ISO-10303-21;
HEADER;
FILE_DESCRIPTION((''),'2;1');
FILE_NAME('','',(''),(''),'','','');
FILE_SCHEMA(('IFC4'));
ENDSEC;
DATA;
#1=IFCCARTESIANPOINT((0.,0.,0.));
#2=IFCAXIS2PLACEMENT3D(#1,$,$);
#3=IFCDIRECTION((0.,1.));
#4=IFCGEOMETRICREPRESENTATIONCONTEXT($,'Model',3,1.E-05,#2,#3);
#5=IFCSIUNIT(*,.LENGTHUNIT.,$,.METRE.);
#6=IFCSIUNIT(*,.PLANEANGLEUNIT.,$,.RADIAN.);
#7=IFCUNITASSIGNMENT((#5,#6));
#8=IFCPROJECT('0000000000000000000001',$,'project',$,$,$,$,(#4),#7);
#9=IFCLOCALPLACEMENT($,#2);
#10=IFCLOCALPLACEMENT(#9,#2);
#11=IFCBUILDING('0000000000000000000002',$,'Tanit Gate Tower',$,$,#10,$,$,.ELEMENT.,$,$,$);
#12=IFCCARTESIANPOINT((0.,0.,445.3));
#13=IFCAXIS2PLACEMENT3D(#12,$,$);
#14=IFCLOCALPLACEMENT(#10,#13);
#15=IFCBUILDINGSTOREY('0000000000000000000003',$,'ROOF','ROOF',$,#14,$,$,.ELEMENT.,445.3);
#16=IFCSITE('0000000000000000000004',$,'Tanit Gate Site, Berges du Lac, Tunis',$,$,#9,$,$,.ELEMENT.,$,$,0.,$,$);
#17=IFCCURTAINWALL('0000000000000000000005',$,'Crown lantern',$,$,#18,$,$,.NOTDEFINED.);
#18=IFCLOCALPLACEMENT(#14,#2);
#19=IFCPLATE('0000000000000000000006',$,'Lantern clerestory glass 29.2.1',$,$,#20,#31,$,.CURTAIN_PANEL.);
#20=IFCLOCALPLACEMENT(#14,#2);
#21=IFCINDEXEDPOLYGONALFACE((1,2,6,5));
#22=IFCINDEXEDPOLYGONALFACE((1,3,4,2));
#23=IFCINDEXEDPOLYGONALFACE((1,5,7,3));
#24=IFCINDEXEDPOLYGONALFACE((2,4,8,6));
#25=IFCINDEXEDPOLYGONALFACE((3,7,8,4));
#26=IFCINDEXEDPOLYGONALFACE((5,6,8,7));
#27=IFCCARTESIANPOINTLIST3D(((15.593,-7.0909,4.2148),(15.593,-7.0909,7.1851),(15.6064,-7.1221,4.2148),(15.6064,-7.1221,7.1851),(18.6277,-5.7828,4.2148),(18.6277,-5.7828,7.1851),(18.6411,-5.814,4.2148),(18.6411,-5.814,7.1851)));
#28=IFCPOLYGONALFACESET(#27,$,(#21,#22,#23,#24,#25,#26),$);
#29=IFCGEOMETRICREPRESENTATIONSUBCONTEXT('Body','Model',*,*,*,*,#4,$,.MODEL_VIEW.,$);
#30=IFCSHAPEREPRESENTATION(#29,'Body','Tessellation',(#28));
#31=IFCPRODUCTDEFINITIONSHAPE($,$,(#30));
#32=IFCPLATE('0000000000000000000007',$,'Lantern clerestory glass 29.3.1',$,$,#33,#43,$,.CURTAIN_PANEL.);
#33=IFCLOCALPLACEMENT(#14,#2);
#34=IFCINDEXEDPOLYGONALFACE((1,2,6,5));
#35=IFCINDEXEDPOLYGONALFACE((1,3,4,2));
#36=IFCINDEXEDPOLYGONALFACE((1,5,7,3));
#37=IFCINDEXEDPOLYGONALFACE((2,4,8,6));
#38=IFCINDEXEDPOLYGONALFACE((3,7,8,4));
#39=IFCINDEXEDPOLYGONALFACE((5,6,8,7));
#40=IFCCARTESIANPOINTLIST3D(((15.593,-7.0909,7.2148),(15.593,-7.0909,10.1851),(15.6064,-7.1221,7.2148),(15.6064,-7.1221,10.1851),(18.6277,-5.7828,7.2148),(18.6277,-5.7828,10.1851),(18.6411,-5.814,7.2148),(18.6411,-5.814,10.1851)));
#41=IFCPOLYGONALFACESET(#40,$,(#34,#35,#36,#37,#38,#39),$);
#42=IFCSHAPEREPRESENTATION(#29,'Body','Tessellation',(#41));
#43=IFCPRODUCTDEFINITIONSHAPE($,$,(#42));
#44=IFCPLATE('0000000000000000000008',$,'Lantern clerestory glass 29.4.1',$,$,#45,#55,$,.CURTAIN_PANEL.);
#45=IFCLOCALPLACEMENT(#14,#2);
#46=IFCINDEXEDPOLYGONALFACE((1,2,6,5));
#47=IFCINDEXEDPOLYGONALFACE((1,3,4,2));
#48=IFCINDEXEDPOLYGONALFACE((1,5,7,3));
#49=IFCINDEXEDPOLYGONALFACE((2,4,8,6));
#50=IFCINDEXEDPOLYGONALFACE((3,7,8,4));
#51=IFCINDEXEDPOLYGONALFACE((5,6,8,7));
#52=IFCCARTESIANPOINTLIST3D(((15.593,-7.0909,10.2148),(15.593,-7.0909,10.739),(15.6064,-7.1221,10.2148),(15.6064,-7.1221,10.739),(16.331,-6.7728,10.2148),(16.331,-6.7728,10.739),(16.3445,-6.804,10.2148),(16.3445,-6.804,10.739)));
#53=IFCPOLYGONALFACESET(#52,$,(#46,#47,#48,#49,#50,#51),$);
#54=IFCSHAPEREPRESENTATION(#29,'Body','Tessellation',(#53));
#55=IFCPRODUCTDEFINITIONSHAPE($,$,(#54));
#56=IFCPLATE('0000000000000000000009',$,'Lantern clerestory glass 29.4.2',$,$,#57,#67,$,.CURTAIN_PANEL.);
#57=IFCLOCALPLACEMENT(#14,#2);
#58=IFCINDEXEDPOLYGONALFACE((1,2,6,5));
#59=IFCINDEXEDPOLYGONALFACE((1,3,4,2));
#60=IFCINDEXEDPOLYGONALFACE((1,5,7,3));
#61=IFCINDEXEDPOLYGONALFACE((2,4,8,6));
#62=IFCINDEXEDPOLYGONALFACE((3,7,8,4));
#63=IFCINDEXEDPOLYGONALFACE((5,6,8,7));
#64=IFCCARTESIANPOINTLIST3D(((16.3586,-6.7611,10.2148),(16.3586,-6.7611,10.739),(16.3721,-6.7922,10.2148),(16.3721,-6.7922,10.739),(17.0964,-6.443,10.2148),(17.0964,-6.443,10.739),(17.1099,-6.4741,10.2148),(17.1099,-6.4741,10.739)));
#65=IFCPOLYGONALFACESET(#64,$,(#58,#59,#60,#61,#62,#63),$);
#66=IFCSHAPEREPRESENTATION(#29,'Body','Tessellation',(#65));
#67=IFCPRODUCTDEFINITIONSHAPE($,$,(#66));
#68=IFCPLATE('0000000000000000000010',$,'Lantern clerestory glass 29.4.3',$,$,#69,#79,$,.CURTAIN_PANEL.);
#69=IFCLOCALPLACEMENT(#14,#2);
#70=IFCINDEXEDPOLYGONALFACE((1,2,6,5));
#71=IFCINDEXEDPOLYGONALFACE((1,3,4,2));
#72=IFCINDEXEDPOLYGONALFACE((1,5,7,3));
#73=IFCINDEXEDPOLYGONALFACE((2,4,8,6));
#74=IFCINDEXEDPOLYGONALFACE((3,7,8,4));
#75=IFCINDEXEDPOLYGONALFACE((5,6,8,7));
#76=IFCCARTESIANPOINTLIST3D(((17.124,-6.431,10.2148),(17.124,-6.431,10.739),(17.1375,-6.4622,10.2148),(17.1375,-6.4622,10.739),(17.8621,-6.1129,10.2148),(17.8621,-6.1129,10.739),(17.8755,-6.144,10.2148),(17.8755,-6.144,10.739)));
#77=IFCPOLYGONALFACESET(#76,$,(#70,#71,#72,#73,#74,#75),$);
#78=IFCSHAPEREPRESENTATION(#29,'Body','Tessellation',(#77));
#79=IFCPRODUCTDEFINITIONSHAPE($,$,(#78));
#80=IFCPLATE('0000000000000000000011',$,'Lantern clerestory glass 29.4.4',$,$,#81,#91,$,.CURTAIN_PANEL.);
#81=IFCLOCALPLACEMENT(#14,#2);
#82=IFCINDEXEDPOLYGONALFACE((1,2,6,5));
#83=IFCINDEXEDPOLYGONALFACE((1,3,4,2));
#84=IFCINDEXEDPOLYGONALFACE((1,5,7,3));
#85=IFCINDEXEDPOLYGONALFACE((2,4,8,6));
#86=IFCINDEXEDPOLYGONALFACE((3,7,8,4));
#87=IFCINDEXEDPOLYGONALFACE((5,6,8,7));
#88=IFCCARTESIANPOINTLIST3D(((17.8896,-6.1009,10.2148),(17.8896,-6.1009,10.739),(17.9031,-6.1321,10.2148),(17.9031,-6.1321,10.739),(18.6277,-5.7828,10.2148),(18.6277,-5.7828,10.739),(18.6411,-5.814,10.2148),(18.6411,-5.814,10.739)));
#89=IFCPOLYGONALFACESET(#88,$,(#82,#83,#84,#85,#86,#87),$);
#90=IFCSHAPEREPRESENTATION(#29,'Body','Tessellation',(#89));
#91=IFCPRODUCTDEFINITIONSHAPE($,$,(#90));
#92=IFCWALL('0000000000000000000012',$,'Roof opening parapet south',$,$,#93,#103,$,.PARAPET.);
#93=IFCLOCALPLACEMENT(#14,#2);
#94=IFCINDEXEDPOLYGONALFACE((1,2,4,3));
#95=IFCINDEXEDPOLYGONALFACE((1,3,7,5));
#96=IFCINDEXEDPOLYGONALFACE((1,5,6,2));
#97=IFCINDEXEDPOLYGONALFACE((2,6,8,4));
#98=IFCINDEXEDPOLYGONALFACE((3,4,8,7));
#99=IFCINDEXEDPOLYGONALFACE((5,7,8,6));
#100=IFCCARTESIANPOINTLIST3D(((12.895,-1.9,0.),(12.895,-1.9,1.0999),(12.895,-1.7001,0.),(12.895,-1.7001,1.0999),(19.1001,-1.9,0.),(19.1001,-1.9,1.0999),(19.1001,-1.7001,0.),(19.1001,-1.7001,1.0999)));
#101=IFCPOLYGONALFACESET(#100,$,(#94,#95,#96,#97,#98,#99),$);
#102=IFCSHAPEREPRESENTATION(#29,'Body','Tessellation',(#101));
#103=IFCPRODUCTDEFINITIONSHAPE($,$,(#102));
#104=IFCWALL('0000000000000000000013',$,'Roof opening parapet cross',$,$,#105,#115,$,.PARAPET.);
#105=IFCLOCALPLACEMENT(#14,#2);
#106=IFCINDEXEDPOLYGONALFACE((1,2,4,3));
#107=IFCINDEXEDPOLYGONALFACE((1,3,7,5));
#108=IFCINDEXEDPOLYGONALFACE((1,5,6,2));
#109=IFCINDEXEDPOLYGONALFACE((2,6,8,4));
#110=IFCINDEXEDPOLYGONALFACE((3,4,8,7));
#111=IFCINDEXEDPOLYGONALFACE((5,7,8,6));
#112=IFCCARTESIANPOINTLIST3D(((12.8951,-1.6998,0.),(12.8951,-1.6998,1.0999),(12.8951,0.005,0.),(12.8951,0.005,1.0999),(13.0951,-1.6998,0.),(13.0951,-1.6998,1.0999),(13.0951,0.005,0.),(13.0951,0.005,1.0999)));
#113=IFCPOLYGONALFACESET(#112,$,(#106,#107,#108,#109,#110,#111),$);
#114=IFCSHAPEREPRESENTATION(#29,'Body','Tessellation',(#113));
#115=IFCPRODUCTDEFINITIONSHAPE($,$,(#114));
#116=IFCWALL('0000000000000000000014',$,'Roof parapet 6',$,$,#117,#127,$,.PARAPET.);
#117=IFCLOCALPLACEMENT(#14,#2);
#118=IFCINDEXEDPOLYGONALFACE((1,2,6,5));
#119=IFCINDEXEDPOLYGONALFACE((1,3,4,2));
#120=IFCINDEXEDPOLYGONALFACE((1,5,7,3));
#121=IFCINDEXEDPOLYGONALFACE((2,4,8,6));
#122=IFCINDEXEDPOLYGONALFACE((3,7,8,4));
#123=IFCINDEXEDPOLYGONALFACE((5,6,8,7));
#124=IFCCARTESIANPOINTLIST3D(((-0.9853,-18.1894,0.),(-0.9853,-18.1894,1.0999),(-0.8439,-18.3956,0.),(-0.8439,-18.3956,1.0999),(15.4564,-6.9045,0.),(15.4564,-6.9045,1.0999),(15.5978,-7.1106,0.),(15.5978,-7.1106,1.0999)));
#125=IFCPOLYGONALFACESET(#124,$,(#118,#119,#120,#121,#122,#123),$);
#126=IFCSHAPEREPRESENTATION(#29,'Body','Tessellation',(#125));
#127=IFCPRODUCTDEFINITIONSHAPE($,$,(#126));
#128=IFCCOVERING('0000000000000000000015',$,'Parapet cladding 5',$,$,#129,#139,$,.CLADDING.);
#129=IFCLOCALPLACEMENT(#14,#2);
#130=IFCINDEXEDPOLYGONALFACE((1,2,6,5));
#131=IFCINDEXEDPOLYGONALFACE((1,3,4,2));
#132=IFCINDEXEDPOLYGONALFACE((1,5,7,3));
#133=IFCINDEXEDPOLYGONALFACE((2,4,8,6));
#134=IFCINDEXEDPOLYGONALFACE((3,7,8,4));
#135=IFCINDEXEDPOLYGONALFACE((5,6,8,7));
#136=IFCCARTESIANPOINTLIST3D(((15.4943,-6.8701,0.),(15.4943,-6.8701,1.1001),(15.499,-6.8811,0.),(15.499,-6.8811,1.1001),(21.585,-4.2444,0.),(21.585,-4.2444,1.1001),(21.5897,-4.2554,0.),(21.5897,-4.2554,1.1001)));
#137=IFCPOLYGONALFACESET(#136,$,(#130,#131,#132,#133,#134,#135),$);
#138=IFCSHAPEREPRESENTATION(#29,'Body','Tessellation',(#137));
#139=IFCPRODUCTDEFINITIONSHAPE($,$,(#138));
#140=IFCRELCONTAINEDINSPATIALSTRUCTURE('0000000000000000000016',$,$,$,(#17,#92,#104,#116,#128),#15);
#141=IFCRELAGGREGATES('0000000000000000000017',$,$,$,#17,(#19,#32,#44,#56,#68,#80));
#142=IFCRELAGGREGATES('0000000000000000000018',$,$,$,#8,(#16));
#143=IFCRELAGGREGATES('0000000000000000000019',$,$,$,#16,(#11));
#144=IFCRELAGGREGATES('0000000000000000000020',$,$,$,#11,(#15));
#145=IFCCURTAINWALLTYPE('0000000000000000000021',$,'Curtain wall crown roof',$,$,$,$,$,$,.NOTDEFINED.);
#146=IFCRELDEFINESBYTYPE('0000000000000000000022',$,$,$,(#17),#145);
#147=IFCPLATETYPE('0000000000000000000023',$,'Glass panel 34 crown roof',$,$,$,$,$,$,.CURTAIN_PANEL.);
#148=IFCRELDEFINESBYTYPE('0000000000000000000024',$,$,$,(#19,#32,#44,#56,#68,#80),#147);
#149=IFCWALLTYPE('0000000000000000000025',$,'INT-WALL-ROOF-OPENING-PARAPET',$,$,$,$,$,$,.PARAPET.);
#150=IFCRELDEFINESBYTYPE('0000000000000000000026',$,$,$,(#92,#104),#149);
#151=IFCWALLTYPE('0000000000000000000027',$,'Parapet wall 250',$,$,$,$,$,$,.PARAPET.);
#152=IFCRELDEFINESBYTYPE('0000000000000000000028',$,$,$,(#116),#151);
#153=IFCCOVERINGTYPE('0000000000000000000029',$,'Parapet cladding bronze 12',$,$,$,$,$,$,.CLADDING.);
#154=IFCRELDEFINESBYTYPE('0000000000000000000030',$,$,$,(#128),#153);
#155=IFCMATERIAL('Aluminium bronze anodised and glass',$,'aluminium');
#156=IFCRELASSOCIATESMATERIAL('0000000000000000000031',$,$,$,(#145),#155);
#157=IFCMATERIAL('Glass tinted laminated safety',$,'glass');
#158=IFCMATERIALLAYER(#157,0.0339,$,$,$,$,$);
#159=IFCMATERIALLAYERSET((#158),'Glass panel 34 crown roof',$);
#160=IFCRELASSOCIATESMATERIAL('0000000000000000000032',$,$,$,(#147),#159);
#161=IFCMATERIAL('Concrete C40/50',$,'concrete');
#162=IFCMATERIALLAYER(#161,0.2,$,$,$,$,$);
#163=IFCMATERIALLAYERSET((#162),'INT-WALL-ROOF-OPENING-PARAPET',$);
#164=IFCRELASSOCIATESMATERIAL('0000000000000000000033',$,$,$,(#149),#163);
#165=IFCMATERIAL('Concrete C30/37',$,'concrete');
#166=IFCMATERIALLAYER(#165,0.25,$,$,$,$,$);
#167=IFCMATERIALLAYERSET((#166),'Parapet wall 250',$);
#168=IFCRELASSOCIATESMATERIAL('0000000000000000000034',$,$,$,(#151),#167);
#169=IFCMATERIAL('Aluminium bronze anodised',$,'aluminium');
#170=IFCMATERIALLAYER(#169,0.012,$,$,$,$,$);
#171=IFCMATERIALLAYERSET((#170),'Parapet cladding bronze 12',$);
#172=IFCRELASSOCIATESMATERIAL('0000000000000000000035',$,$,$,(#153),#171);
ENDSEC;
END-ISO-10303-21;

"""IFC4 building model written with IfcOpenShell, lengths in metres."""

from ifc_helpers import new_model, si_unit, direction, frame, frame_2d, origin, origin_2d, place, context, subcontext, project, spatial, polyline, rectangle, outline, extrude, material, layer, layer_set, type_object, element, aggregate, save


model = new_model("IFC4")

# Units and contexts
model_context = context("Model", 3, precision=1e-05, world=origin(), true_north=direction((0.0, 1.0)))
body_context = subcontext(model_context, "Body", "Model", "MODEL_VIEW")
ifc_project = project(units=[si_unit("LENGTHUNIT", "METRE"), si_unit("PLANEANGLEUNIT", "RADIAN")], contexts=[model_context])

# Site, building, storey
site_placement = place(None, origin())
site = spatial("IfcSite", under=ifc_project, at=site_placement, Name="Tanit Gate Site, Berges du Lac, Tunis", CompositionType="ELEMENT", RefElevation=0.0)
building_placement = place(site_placement, origin())
building = spatial("IfcBuilding", under=site, at=building_placement, Name="Tanit Gate Tower", CompositionType="ELEMENT")
storey_placement = place(building_placement, frame((0.0, 0.0, 445.3)))
storey = spatial("IfcBuildingStorey", under=building, at=storey_placement, Name="ROOF", Description="ROOF", CompositionType="ELEMENT", Elevation=445.3)

# Curtain wall, plates
ifc_material_1 = material(Name="Aluminium bronze anodised and glass", Category="aluminium")
curtain_wall_type = type_object("IfcCurtainWallType", Name="Curtain wall crown roof", PredefinedType="NOTDEFINED", material=ifc_material_1)
curtain_wall_placement = place(storey_placement, origin())
curtain_wall = element("IfcCurtainWall", 1, at=curtain_wall_placement, inside=storey, type_object=curtain_wall_type, Name="Crown lantern", PredefinedType="NOTDEFINED")
ifc_material_2 = material(Name="Glass tinted laminated safety", Category="glass")
ifc_layer_1 = layer(ifc_material_2, 0.0339)
ifc_layer_set_1 = layer_set([ifc_layer_1], Name="Glass panel 34 crown roof")
plate_type = type_object("IfcPlateType", Name="Glass panel 34 crown roof", PredefinedType="CURTAIN_PANEL", material=ifc_layer_set_1)
plate_1_placement = place(storey_placement, frame((15.6064, -7.1221, 4.2148), z_axis=(0.395844, -0.918318, 0.0), x_axis=(0.918318, 0.395844, 0.0)))
plate_1 = element("IfcPlate", 2, at=plate_1_placement, type_object=plate_type, Name="Lantern clerestory glass 29.2.1", PredefinedType="CURTAIN_PANEL", context=body_context, shape_type="SweptSolid", body=[
    extrude(outline(polyline([(0.0, 0.0), (3.3046, 0.0), (3.3046, 2.9702), (0.0, 2.9702), (0.0, 0.0)])), origin(), (0.0, 0.0, -1.0), 0.0339),
])
plate_2_placement = place(storey_placement, frame((15.6064, -7.1221, 7.2148), z_axis=(0.395844, -0.918318, 0.0), x_axis=(0.918318, 0.395844, 0.0)))
plate_2 = element("IfcPlate", 3, at=plate_2_placement, type_object=plate_type, Name="Lantern clerestory glass 29.3.1", PredefinedType="CURTAIN_PANEL", context=body_context, shape_type="SweptSolid", body=[
    extrude(outline(polyline([(0.0, 0.0), (3.3046, 0.0), (3.3046, 2.9702), (0.0, 2.9702), (0.0, 0.0)])), origin(), (0.0, 0.0, -1.0), 0.0339),
])
plate_3_placement = place(storey_placement, frame((15.6064, -7.1221, 10.2148), z_axis=(0.395825, -0.918326, 0.0), x_axis=(0.918326, 0.395825, 0.0)))
plate_3 = element("IfcPlate", 4, at=plate_3_placement, type_object=plate_type, Name="Lantern clerestory glass 29.4.1", PredefinedType="CURTAIN_PANEL", context=body_context, shape_type="SweptSolid", body=[
    extrude(outline(polyline([(0.0, 0.0), (0.8037, 0.0), (0.8037, 0.5242), (0.0, 0.5242), (0.0, 0.0)])), origin(), (0.0, 0.0, -1.0), 0.0339),
])
plate_4_placement = place(storey_placement, frame((16.3721, -6.7922, 10.2148), z_axis=(0.395935, -0.918278, 0.0), x_axis=(0.918278, 0.395935, 0.0)))
plate_4 = element("IfcPlate", 5, at=plate_4_placement, type_object=plate_type, Name="Lantern clerestory glass 29.4.2", PredefinedType="CURTAIN_PANEL", context=body_context, shape_type="SweptSolid", body=[
    extrude(outline(polyline([(0.0, 0.0), (0.8035, 0.0), (0.8035, 0.5242), (0.0, 0.5242), (0.0, 0.0)])), origin(), (0.0, 0.0, -1.0), 0.0339),
])
plate_5_placement = place(storey_placement, frame((17.1375, -6.4622, 10.2148), z_axis=(0.395825, -0.918326, 0.0), x_axis=(0.918326, 0.395825, 0.0)))
plate_5 = element("IfcPlate", 6, at=plate_5_placement, type_object=plate_type, Name="Lantern clerestory glass 29.4.3", PredefinedType="CURTAIN_PANEL", context=body_context, shape_type="SweptSolid", body=[
    extrude(outline(polyline([(0.0, 0.0), (0.8037, 0.0), (0.8037, 0.5242), (0.0, 0.5242), (0.0, 0.0)])), origin(), (0.0, 0.0, -1.0), 0.0339),
])
plate_6_placement = place(storey_placement, frame((17.9031, -6.1321, 10.2148), z_axis=(0.395825, -0.918326, 0.0), x_axis=(0.918326, 0.395825, 0.0)))
plate_6 = element("IfcPlate", 7, at=plate_6_placement, type_object=plate_type, Name="Lantern clerestory glass 29.4.4", PredefinedType="CURTAIN_PANEL", context=body_context, shape_type="SweptSolid", body=[
    extrude(outline(polyline([(0.0, 0.0), (0.8037, 0.0), (0.8037, 0.5242), (0.0, 0.5242), (0.0, 0.0)])), origin(), (0.0, 0.0, -1.0), 0.0339),
])
aggregate(curtain_wall, [plate_1, plate_2, plate_3, plate_4, plate_5, plate_6])

# Walls
ifc_material_3 = material(Name="Concrete C40/50", Category="concrete")
ifc_layer_2 = layer(ifc_material_3, 0.2)
ifc_layer_set_2 = layer_set([ifc_layer_2], Name="INT-WALL-ROOF-OPENING-PARAPET")
wall_type_1 = type_object("IfcWallType", Name="INT-WALL-ROOF-OPENING-PARAPET", PredefinedType="PARAPET", material=ifc_layer_set_2)
wall_1_placement = place(storey_placement, frame((12.895, -1.8, 0.0), z_axis=(0.0, 0.0, 1.0), x_axis=(1.0, 0.0, 0.0)))
element("IfcWall", 8, at=wall_1_placement, inside=storey, type_object=wall_type_1, Name="Roof opening parapet south", PredefinedType="PARAPET", context=body_context, shape_type="SweptSolid", body=[
    extrude(rectangle(XDim=6.2051, YDim=0.2, at=frame_2d((3.1025, 0.0))), origin(), (0.0, 0.0, 1.0), 1.0999),
])
wall_2_placement = place(storey_placement, frame((12.9951, -1.7, 0.0), z_axis=(0.0, 0.0, 1.0), x_axis=(0.0, 1.0, 0.0)))
element("IfcWall", 9, at=wall_2_placement, inside=storey, type_object=wall_type_1, Name="Roof opening parapet cross", PredefinedType="PARAPET", context=body_context, shape_type="SweptSolid", body=[
    extrude(rectangle(XDim=1.7048, YDim=0.2, at=frame_2d((0.8525, 0.0))), origin(), (0.0, 0.0, 1.0), 1.0999),
])
ifc_material_4 = material(Name="Concrete C30/37", Category="concrete")
ifc_layer_3 = layer(ifc_material_4, 0.25)
ifc_layer_set_3 = layer_set([ifc_layer_3], Name="Parapet wall 250")
wall_type_2 = type_object("IfcWallType", Name="Parapet wall 250", PredefinedType="PARAPET", material=ifc_layer_set_3)
wall_3_placement = place(storey_placement, frame((15.5271, -7.0076, 0.0), z_axis=(0.0, 0.0, 1.0), x_axis=(-0.82448, -0.565891, 0.0)))
element("IfcWall", 10, at=wall_3_placement, inside=storey, type_object=wall_type_2, Name="Roof parapet 6", PredefinedType="PARAPET", context=body_context, shape_type="SweptSolid", body=[
    extrude(rectangle(XDim=19.9419, YDim=0.25, at=frame_2d((9.9709, 0.0))), origin(), (0.0, 0.0, 1.0), 1.0999),
])

# Covering
ifc_material_5 = material(Name="Aluminium bronze anodised", Category="aluminium")
ifc_layer_4 = layer(ifc_material_5, 0.012)
ifc_layer_set_4 = layer_set([ifc_layer_4], Name="Parapet cladding bronze 12")
covering_type = type_object("IfcCoveringType", Name="Parapet cladding bronze 12", PredefinedType="CLADDING", material=ifc_layer_set_4)
covering_placement = place(storey_placement, frame((18.542, -5.5627, 0.0), z_axis=(0.0, 0.0, 1.0), x_axis=(-0.918306, -0.395871, 0.0)))
element("IfcCovering", 11, at=covering_placement, inside=storey, type_object=covering_type, Name="Parapet cladding 5", PredefinedType="CLADDING", context=body_context, shape_type="SweptSolid", body=[
    extrude(rectangle(XDim=6.6326, YDim=0.012, at=origin_2d()), origin(), (0.0, 0.0, 1.0), 1.1001),
])

save(model, "model.ifc")
